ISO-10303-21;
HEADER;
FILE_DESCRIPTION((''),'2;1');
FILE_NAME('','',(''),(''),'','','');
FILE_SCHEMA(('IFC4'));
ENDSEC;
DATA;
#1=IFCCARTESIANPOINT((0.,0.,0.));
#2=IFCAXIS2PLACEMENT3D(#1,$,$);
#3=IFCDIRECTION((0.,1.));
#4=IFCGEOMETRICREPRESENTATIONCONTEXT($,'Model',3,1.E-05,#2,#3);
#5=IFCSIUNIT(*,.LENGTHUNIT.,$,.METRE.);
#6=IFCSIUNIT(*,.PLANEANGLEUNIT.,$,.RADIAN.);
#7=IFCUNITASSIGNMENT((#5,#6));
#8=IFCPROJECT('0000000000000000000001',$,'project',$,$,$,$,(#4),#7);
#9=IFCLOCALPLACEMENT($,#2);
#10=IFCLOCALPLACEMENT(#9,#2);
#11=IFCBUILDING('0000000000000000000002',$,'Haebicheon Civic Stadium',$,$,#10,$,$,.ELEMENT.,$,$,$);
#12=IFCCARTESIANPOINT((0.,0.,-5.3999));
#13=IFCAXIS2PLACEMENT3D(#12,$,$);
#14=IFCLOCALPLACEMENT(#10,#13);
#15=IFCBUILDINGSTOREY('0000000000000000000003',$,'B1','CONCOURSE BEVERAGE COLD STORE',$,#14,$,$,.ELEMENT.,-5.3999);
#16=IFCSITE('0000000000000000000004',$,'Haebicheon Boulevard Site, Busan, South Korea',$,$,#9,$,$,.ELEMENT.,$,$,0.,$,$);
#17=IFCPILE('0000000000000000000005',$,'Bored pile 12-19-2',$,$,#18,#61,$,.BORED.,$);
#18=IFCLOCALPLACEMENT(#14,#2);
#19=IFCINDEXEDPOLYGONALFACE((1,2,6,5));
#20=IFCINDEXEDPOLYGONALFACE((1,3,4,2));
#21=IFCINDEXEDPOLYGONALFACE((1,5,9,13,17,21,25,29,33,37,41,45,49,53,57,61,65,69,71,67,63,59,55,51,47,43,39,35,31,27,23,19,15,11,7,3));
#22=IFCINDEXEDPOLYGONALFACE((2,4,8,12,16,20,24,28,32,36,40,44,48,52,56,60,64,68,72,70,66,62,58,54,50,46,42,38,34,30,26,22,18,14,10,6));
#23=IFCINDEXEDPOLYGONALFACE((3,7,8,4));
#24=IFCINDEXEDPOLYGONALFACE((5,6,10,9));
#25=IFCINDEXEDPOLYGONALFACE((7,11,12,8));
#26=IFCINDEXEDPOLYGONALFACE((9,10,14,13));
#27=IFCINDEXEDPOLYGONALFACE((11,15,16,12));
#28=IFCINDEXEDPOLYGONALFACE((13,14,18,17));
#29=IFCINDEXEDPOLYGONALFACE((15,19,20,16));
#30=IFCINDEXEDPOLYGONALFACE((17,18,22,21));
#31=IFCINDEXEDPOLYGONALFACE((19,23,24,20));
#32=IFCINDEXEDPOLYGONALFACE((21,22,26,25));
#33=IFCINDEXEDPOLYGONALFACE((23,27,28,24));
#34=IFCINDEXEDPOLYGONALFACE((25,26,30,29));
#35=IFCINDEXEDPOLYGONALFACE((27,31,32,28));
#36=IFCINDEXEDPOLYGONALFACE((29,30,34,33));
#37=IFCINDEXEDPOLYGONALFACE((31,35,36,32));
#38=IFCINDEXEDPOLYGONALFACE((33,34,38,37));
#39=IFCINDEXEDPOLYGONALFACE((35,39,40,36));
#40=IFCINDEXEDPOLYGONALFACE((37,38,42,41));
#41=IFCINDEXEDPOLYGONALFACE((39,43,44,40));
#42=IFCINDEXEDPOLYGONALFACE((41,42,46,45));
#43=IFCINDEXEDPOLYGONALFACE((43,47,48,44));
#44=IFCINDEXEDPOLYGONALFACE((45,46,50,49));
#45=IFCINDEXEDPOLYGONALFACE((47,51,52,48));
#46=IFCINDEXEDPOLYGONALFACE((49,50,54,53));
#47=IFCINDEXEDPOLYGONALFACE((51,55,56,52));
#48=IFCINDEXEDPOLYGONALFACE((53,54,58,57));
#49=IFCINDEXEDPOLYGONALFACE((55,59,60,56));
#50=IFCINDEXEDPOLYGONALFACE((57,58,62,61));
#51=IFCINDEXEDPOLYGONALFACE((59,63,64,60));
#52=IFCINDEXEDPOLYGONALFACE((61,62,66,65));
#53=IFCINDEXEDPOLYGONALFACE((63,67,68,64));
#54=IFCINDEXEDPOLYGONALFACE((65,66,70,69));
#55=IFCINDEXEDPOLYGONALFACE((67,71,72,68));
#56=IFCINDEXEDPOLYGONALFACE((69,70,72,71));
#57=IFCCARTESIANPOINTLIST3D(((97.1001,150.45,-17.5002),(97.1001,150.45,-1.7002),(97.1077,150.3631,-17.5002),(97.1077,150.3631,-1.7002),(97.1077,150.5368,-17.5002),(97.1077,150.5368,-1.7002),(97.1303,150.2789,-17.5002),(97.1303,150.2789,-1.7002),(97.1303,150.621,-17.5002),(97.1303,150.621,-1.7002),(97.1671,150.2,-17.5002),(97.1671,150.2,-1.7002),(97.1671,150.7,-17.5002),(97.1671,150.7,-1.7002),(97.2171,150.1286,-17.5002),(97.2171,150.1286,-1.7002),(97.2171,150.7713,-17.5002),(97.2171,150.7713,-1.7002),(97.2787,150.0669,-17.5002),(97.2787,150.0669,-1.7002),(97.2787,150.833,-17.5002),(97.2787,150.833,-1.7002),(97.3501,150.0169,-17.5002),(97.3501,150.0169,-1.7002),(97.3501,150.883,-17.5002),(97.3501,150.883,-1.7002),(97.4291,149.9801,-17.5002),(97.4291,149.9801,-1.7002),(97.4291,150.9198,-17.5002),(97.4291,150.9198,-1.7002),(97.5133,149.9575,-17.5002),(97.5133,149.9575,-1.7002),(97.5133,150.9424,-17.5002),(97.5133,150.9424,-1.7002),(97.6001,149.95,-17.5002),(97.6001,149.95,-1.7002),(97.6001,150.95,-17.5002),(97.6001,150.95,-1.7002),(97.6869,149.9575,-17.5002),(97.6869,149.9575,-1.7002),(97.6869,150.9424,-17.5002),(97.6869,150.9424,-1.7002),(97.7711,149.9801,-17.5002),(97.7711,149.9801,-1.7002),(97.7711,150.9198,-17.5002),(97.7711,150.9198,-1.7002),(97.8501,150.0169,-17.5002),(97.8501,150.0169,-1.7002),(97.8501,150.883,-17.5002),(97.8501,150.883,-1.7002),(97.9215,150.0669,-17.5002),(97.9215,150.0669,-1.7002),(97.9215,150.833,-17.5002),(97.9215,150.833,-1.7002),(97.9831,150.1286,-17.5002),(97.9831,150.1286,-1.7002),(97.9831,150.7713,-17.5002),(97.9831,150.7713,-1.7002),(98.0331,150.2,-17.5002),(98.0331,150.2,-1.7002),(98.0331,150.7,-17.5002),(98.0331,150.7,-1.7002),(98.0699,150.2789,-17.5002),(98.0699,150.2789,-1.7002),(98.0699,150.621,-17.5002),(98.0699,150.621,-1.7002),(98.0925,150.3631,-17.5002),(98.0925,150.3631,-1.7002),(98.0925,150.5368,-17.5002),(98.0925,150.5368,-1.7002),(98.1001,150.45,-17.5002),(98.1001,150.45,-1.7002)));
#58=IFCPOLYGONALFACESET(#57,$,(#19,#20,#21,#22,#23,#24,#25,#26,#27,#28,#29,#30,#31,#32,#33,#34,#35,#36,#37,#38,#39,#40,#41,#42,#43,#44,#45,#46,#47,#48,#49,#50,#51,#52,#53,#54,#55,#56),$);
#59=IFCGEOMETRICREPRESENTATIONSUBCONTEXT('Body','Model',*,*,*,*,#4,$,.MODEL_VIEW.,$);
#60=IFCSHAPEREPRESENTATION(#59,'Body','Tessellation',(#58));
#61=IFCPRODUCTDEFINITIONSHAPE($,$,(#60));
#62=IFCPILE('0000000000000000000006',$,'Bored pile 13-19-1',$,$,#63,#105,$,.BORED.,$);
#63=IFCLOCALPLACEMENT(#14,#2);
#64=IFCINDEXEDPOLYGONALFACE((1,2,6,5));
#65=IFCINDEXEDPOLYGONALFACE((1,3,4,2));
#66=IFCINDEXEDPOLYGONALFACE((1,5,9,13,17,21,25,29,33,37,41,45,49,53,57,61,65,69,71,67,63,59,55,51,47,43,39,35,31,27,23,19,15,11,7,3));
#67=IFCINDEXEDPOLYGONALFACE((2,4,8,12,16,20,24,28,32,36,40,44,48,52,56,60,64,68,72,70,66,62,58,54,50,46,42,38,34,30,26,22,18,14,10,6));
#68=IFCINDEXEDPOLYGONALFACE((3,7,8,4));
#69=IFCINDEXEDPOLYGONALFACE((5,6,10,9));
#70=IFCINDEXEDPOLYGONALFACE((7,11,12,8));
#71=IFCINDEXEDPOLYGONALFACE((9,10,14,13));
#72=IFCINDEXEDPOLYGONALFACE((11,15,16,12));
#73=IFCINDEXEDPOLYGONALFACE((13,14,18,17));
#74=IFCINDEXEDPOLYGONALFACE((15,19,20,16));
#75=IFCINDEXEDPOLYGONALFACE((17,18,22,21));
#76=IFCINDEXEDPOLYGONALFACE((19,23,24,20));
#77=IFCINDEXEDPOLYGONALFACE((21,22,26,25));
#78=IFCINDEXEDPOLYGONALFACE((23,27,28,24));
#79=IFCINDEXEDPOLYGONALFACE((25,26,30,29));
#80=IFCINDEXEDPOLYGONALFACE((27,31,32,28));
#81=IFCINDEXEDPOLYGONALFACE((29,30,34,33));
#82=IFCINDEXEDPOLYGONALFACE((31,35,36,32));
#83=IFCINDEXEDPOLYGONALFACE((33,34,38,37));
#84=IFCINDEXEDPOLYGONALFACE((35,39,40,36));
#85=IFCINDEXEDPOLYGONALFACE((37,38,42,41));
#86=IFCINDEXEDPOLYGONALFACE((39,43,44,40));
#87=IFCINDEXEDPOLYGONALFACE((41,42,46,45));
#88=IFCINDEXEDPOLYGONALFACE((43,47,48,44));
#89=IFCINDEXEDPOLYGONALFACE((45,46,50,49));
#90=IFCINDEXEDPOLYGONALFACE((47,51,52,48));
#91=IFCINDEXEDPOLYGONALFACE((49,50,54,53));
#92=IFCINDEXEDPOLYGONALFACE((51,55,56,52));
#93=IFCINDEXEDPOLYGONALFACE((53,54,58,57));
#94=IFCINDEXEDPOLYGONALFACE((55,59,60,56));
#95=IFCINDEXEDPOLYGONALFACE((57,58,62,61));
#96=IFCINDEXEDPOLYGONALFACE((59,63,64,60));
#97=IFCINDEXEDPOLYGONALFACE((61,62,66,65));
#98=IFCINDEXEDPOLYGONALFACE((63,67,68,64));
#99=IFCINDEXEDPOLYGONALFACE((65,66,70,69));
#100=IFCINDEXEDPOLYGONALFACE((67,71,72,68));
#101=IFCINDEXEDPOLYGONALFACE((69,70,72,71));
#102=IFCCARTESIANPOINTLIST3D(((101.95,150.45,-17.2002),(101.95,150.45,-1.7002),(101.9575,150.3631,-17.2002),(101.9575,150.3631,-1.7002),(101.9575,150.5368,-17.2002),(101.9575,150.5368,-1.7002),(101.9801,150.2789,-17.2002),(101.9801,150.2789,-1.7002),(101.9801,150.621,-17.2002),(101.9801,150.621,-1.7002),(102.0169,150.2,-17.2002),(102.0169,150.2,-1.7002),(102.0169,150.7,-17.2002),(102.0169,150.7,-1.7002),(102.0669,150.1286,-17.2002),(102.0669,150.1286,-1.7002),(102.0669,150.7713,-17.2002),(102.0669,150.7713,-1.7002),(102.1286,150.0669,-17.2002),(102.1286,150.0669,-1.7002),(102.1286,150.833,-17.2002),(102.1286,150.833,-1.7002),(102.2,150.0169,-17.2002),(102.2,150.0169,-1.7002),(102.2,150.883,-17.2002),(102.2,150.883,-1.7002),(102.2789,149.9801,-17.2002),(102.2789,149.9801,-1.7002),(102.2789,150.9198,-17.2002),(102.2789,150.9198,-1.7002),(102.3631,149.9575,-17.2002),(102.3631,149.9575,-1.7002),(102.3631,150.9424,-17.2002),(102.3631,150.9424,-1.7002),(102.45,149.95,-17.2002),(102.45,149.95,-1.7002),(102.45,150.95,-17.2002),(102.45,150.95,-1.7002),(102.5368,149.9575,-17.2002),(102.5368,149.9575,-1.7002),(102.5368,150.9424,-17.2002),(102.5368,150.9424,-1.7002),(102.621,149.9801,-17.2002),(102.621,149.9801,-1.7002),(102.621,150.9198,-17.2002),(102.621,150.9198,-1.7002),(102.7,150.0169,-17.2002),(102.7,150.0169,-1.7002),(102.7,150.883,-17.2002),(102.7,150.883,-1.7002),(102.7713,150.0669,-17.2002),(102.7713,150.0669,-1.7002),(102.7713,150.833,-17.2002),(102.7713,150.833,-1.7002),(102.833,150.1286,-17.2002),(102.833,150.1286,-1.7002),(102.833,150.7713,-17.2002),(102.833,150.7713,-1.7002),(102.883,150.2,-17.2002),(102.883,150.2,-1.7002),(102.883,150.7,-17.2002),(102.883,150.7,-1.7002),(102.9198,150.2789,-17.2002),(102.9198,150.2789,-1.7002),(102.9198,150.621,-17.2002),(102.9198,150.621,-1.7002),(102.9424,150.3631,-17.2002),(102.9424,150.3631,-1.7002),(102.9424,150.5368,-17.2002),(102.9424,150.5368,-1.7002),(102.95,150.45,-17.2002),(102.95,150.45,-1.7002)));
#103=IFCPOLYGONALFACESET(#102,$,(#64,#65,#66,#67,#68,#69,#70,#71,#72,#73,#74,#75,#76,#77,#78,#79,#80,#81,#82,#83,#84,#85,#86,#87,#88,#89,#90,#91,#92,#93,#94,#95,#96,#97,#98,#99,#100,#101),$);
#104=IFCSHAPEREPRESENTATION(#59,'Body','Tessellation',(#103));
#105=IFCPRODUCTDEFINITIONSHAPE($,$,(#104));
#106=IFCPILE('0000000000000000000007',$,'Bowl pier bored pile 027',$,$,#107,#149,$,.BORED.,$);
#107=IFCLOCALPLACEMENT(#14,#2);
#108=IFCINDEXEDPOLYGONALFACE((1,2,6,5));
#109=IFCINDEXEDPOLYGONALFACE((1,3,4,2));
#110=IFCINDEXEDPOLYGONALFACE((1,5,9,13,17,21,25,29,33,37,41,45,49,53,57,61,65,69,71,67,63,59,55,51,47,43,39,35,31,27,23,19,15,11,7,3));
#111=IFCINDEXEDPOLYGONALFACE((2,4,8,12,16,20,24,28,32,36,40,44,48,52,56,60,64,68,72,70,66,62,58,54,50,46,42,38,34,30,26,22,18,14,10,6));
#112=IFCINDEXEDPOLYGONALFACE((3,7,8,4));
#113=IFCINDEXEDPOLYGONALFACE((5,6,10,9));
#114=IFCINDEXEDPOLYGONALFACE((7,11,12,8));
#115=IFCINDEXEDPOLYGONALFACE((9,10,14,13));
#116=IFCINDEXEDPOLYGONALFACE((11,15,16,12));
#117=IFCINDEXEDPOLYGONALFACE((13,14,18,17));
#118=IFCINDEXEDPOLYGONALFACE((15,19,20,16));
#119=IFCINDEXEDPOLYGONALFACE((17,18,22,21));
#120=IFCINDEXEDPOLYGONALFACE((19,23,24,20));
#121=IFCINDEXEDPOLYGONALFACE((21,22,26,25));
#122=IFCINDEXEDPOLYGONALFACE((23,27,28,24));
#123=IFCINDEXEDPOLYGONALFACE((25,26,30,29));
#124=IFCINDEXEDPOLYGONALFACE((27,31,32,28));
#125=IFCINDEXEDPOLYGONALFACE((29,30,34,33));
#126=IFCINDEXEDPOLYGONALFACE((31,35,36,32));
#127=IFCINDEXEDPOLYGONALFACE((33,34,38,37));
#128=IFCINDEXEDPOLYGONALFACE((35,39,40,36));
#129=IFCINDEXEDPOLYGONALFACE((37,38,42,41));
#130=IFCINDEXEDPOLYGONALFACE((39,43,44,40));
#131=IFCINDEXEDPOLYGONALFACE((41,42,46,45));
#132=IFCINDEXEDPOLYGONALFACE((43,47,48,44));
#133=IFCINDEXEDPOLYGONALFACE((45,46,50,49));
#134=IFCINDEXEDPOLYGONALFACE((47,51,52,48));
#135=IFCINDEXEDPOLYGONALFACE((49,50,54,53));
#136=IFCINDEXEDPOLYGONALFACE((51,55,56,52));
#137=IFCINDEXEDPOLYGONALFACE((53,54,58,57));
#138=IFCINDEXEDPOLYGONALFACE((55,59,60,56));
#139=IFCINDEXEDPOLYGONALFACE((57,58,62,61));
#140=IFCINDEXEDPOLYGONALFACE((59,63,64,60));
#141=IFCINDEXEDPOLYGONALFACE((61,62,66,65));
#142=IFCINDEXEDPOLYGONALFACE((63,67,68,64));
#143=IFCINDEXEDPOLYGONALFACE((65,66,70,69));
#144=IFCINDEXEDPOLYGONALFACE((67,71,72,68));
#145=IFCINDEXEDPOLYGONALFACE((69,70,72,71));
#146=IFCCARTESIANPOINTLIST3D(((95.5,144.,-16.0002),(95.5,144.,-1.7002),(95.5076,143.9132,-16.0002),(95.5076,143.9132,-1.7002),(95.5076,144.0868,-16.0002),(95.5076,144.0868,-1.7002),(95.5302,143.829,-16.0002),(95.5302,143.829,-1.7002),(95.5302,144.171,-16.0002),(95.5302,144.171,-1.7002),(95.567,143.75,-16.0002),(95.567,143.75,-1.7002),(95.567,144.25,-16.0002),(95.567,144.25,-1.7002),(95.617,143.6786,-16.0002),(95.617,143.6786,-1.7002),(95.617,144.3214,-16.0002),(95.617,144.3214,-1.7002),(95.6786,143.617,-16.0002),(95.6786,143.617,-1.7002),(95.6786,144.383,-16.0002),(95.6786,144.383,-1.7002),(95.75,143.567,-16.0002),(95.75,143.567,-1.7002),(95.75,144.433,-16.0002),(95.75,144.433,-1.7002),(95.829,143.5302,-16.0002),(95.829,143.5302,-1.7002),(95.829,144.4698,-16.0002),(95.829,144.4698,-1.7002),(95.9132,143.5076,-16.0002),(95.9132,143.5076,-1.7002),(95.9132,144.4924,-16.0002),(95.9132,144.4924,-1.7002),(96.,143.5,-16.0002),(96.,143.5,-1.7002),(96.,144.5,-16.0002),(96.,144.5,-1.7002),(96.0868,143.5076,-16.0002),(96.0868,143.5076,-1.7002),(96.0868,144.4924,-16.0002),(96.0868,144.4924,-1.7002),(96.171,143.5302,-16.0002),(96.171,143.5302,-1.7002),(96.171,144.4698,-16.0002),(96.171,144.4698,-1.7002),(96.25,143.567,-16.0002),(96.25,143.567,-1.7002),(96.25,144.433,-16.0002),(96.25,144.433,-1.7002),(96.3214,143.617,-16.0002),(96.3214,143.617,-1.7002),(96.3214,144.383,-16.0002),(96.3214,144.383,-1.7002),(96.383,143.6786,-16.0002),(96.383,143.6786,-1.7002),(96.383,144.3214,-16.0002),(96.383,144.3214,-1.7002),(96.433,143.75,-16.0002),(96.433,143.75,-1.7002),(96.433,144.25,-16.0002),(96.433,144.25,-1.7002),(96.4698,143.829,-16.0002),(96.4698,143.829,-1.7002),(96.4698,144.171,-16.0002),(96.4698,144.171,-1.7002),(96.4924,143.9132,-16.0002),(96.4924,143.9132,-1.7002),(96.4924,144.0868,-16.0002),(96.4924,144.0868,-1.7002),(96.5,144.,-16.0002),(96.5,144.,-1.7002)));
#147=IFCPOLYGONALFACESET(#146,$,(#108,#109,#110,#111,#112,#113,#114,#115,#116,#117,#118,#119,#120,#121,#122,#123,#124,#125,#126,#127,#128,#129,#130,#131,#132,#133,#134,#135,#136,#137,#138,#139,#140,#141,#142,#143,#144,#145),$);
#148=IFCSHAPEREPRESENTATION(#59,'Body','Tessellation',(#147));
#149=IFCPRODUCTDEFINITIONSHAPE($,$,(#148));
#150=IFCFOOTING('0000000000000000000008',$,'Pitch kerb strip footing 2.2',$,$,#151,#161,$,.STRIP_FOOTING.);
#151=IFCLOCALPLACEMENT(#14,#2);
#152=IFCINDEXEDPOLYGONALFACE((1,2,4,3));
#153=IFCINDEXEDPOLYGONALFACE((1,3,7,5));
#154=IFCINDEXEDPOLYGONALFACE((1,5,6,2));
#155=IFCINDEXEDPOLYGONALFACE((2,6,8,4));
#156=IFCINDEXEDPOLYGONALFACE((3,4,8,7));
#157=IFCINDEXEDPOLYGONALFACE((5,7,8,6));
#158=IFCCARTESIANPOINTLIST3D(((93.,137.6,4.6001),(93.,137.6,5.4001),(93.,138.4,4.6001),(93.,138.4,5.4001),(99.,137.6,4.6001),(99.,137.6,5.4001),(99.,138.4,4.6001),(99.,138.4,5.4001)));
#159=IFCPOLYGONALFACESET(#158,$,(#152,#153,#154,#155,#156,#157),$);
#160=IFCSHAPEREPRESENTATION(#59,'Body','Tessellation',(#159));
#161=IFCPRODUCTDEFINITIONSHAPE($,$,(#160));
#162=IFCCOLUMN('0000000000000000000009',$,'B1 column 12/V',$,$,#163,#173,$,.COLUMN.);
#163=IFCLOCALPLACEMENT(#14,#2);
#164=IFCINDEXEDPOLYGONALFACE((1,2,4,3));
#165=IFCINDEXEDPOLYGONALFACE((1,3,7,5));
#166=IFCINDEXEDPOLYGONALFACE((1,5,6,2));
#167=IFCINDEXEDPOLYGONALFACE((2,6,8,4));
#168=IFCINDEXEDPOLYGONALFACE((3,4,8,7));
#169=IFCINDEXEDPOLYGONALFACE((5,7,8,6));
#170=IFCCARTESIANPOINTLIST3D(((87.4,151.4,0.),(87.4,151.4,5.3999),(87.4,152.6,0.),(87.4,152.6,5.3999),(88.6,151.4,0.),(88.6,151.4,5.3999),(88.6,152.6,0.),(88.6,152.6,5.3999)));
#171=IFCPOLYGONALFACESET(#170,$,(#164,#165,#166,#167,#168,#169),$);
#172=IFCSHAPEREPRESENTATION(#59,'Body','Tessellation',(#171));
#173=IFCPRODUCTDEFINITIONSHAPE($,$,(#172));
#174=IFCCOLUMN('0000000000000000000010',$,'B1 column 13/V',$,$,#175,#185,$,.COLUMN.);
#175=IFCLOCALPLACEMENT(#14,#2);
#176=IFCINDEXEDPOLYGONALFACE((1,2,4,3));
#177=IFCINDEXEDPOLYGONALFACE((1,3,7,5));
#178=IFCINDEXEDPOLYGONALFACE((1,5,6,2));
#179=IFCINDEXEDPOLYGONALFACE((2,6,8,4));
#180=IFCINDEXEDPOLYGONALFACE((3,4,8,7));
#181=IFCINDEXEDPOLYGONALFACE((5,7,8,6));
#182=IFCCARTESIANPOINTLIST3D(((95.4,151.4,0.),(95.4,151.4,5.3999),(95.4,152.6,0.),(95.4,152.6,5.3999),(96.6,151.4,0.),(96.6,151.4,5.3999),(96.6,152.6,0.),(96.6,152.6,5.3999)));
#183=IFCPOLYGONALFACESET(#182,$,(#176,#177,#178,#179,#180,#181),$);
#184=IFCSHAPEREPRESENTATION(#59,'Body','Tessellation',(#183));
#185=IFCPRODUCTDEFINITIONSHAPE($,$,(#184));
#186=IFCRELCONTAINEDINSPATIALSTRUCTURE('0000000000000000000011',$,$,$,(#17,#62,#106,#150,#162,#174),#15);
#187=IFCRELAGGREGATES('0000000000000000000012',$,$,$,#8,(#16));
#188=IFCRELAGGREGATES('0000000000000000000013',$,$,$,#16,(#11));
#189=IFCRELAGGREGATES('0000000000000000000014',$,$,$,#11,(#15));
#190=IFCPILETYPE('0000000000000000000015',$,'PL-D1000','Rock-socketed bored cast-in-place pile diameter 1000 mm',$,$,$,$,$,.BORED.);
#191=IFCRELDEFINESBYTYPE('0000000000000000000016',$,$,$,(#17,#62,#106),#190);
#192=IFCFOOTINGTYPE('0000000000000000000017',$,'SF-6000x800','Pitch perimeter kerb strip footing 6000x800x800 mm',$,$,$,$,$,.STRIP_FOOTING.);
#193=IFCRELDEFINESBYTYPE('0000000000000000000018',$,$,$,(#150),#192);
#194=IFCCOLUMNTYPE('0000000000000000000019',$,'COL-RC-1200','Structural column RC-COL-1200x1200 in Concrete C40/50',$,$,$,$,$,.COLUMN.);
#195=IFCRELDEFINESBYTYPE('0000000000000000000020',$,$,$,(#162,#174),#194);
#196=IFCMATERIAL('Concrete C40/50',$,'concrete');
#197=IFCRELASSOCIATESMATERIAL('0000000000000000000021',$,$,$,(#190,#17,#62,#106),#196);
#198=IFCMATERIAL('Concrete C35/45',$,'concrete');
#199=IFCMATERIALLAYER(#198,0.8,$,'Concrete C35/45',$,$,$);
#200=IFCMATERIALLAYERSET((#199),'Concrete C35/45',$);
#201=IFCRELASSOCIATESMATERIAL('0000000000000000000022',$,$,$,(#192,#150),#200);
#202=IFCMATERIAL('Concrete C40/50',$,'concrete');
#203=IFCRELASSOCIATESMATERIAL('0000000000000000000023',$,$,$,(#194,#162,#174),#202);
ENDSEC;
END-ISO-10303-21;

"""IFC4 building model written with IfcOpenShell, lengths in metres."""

from ifc_helpers import new_model, si_unit, direction, frame, origin, origin_2d, place, context, subcontext, project, spatial, rectangle, circle, extrude, material, layer, layer_set, material_profile, profile_set, type_object, element, save


model = new_model("IFC4")

# Units and contexts
model_context = context("Model", 3, precision=1e-05, world=origin(), true_north=direction((0.0, 1.0)))
body_context = subcontext(model_context, "Body", "Model", "MODEL_VIEW")
ifc_project = project(units=[si_unit("LENGTHUNIT", "METRE"), si_unit("PLANEANGLEUNIT", "RADIAN")], contexts=[model_context])

# Site, building, storey
site_placement = place(None, origin())
site = spatial("IfcSite", under=ifc_project, at=site_placement, Name="Haebicheon Boulevard Site, Busan, South Korea", CompositionType="ELEMENT", RefElevation=0.0)
building_placement = place(site_placement, origin())
building = spatial("IfcBuilding", under=site, at=building_placement, Name="Haebicheon Civic Stadium", CompositionType="ELEMENT")
storey_placement = place(building_placement, frame((0.0, 0.0, -5.3999)))
storey = spatial("IfcBuildingStorey", under=building, at=storey_placement, Name="B1", Description="CONCOURSE BEVERAGE COLD STORE", CompositionType="ELEMENT", Elevation=-5.3999)

# Piles
ifc_material_1 = material(Name="Concrete C40/50", Category="concrete")
ifc_material_profile_1 = material_profile(ifc_material_1, circle(Radius=0.5, at=origin_2d()), Name="PILE-D1000")
ifc_profile_set_1 = profile_set([ifc_material_profile_1], Name="Concrete C40/50")
pile_type = type_object("IfcPileType", Name="PL-D1000", Description="Rock-socketed bored cast-in-place pile diameter 1000 mm", PredefinedType="BORED", material=ifc_profile_set_1)
for number, where, z_axis, x_axis, name in (
    (1, (97.6001, 150.45, -1.7002), (0.0, 0.0, -1.0), (1.0, 0.0, 0.0), "Bored pile 12-19-2"),
):
    element("IfcPile", number, at=place(storey_placement, frame(where, z_axis=z_axis, x_axis=x_axis)), inside=storey, type_object=pile_type, material=ifc_profile_set_1, Name=name, PredefinedType="BORED", context=body_context, shape_type="SweptSolid", body=[
        extrude(circle(Radius=0.5, at=origin_2d()), origin(), (0.0, 0.0, 1.0), 15.8),
    ])
pile_1_placement = place(storey_placement, frame((102.45, 150.45, -1.7002), z_axis=(0.0, 0.0, -1.0), x_axis=(1.0, 0.0, 0.0)))
element("IfcPile", 2, at=pile_1_placement, inside=storey, type_object=pile_type, material=ifc_profile_set_1, Name="Bored pile 13-19-1", PredefinedType="BORED", context=body_context, shape_type="SweptSolid", body=[
    extrude(circle(Radius=0.5, at=origin_2d()), origin(), (0.0, 0.0, 1.0), 15.5),
])
pile_2_placement = place(storey_placement, frame((96.0, 144.0, -1.7002), z_axis=(0.0, 0.0, -1.0), x_axis=(1.0, 0.0, 0.0)))
element("IfcPile", 3, at=pile_2_placement, inside=storey, type_object=pile_type, material=ifc_profile_set_1, Name="Bowl pier bored pile 027", PredefinedType="BORED", context=body_context, shape_type="SweptSolid", body=[
    extrude(circle(Radius=0.5, at=origin_2d()), origin(), (0.0, 0.0, 1.0), 14.3),
])

# Footing
ifc_material_2 = material(Name="Concrete C35/45", Category="concrete")
ifc_layer_1 = layer(ifc_material_2, 0.8, Name="Concrete C35/45")
ifc_layer_set_1 = layer_set([ifc_layer_1], Name="Concrete C35/45")
footing_type_1 = type_object("IfcFootingType", Name="SF-6000x800", Description="Pitch perimeter kerb strip footing 6000x800x800 mm", PredefinedType="STRIP_FOOTING", material=ifc_layer_set_1)
footing_1_placement = place(storey_placement, frame((96.0, 138.0, 4.6001), z_axis=(0.0, 0.0, 1.0), x_axis=(1.0, 0.0, 0.0)))
element("IfcFooting", 4, at=footing_1_placement, inside=storey, type_object=footing_type_1, material=ifc_layer_set_1, Name="Pitch kerb strip footing 2.2", PredefinedType="STRIP_FOOTING", context=body_context, shape_type="SweptSolid", body=[
    extrude(rectangle(XDim=6.0, YDim=0.8, at=origin_2d()), origin(), (0.0, 0.0, 1.0), 0.8),
])

# Columns
ifc_material_3 = material(Name="Concrete C40/50", Category="concrete")
ifc_material_profile_2 = material_profile(ifc_material_3, rectangle(XDim=1.2, YDim=1.2, at=origin_2d()), Name="RC-COL-1200x1200")
ifc_profile_set_2 = profile_set([ifc_material_profile_2], Name="Concrete C40/50")
column_type_1 = type_object("IfcColumnType", Name="COL-RC-1200", Description="Structural column RC-COL-1200x1200 in Concrete C40/50", PredefinedType="COLUMN", material=ifc_profile_set_2)
for number, where, z_axis, x_axis, name in (
    (5, (88.0, 152.0, 0.0), (0.0, 0.0, 1.0), (1.0, 0.0, 0.0), "B1 column 12/V"),
    (6, (96.0, 152.0, 0.0), (0.0, 0.0, 1.0), (1.0, 0.0, 0.0), "B1 column 13/V"),
):
    element("IfcColumn", number, at=place(storey_placement, frame(where, z_axis=z_axis, x_axis=x_axis)), inside=storey, type_object=column_type_1, material=ifc_profile_set_2, Name=name, PredefinedType="COLUMN", context=body_context, shape_type="SweptSolid", body=[
        extrude(rectangle(XDim=1.2, YDim=1.2, at=origin_2d()), origin(), (0.0, 0.0, 1.0), 5.3999),
    ])

save(model, "model.ifc")
